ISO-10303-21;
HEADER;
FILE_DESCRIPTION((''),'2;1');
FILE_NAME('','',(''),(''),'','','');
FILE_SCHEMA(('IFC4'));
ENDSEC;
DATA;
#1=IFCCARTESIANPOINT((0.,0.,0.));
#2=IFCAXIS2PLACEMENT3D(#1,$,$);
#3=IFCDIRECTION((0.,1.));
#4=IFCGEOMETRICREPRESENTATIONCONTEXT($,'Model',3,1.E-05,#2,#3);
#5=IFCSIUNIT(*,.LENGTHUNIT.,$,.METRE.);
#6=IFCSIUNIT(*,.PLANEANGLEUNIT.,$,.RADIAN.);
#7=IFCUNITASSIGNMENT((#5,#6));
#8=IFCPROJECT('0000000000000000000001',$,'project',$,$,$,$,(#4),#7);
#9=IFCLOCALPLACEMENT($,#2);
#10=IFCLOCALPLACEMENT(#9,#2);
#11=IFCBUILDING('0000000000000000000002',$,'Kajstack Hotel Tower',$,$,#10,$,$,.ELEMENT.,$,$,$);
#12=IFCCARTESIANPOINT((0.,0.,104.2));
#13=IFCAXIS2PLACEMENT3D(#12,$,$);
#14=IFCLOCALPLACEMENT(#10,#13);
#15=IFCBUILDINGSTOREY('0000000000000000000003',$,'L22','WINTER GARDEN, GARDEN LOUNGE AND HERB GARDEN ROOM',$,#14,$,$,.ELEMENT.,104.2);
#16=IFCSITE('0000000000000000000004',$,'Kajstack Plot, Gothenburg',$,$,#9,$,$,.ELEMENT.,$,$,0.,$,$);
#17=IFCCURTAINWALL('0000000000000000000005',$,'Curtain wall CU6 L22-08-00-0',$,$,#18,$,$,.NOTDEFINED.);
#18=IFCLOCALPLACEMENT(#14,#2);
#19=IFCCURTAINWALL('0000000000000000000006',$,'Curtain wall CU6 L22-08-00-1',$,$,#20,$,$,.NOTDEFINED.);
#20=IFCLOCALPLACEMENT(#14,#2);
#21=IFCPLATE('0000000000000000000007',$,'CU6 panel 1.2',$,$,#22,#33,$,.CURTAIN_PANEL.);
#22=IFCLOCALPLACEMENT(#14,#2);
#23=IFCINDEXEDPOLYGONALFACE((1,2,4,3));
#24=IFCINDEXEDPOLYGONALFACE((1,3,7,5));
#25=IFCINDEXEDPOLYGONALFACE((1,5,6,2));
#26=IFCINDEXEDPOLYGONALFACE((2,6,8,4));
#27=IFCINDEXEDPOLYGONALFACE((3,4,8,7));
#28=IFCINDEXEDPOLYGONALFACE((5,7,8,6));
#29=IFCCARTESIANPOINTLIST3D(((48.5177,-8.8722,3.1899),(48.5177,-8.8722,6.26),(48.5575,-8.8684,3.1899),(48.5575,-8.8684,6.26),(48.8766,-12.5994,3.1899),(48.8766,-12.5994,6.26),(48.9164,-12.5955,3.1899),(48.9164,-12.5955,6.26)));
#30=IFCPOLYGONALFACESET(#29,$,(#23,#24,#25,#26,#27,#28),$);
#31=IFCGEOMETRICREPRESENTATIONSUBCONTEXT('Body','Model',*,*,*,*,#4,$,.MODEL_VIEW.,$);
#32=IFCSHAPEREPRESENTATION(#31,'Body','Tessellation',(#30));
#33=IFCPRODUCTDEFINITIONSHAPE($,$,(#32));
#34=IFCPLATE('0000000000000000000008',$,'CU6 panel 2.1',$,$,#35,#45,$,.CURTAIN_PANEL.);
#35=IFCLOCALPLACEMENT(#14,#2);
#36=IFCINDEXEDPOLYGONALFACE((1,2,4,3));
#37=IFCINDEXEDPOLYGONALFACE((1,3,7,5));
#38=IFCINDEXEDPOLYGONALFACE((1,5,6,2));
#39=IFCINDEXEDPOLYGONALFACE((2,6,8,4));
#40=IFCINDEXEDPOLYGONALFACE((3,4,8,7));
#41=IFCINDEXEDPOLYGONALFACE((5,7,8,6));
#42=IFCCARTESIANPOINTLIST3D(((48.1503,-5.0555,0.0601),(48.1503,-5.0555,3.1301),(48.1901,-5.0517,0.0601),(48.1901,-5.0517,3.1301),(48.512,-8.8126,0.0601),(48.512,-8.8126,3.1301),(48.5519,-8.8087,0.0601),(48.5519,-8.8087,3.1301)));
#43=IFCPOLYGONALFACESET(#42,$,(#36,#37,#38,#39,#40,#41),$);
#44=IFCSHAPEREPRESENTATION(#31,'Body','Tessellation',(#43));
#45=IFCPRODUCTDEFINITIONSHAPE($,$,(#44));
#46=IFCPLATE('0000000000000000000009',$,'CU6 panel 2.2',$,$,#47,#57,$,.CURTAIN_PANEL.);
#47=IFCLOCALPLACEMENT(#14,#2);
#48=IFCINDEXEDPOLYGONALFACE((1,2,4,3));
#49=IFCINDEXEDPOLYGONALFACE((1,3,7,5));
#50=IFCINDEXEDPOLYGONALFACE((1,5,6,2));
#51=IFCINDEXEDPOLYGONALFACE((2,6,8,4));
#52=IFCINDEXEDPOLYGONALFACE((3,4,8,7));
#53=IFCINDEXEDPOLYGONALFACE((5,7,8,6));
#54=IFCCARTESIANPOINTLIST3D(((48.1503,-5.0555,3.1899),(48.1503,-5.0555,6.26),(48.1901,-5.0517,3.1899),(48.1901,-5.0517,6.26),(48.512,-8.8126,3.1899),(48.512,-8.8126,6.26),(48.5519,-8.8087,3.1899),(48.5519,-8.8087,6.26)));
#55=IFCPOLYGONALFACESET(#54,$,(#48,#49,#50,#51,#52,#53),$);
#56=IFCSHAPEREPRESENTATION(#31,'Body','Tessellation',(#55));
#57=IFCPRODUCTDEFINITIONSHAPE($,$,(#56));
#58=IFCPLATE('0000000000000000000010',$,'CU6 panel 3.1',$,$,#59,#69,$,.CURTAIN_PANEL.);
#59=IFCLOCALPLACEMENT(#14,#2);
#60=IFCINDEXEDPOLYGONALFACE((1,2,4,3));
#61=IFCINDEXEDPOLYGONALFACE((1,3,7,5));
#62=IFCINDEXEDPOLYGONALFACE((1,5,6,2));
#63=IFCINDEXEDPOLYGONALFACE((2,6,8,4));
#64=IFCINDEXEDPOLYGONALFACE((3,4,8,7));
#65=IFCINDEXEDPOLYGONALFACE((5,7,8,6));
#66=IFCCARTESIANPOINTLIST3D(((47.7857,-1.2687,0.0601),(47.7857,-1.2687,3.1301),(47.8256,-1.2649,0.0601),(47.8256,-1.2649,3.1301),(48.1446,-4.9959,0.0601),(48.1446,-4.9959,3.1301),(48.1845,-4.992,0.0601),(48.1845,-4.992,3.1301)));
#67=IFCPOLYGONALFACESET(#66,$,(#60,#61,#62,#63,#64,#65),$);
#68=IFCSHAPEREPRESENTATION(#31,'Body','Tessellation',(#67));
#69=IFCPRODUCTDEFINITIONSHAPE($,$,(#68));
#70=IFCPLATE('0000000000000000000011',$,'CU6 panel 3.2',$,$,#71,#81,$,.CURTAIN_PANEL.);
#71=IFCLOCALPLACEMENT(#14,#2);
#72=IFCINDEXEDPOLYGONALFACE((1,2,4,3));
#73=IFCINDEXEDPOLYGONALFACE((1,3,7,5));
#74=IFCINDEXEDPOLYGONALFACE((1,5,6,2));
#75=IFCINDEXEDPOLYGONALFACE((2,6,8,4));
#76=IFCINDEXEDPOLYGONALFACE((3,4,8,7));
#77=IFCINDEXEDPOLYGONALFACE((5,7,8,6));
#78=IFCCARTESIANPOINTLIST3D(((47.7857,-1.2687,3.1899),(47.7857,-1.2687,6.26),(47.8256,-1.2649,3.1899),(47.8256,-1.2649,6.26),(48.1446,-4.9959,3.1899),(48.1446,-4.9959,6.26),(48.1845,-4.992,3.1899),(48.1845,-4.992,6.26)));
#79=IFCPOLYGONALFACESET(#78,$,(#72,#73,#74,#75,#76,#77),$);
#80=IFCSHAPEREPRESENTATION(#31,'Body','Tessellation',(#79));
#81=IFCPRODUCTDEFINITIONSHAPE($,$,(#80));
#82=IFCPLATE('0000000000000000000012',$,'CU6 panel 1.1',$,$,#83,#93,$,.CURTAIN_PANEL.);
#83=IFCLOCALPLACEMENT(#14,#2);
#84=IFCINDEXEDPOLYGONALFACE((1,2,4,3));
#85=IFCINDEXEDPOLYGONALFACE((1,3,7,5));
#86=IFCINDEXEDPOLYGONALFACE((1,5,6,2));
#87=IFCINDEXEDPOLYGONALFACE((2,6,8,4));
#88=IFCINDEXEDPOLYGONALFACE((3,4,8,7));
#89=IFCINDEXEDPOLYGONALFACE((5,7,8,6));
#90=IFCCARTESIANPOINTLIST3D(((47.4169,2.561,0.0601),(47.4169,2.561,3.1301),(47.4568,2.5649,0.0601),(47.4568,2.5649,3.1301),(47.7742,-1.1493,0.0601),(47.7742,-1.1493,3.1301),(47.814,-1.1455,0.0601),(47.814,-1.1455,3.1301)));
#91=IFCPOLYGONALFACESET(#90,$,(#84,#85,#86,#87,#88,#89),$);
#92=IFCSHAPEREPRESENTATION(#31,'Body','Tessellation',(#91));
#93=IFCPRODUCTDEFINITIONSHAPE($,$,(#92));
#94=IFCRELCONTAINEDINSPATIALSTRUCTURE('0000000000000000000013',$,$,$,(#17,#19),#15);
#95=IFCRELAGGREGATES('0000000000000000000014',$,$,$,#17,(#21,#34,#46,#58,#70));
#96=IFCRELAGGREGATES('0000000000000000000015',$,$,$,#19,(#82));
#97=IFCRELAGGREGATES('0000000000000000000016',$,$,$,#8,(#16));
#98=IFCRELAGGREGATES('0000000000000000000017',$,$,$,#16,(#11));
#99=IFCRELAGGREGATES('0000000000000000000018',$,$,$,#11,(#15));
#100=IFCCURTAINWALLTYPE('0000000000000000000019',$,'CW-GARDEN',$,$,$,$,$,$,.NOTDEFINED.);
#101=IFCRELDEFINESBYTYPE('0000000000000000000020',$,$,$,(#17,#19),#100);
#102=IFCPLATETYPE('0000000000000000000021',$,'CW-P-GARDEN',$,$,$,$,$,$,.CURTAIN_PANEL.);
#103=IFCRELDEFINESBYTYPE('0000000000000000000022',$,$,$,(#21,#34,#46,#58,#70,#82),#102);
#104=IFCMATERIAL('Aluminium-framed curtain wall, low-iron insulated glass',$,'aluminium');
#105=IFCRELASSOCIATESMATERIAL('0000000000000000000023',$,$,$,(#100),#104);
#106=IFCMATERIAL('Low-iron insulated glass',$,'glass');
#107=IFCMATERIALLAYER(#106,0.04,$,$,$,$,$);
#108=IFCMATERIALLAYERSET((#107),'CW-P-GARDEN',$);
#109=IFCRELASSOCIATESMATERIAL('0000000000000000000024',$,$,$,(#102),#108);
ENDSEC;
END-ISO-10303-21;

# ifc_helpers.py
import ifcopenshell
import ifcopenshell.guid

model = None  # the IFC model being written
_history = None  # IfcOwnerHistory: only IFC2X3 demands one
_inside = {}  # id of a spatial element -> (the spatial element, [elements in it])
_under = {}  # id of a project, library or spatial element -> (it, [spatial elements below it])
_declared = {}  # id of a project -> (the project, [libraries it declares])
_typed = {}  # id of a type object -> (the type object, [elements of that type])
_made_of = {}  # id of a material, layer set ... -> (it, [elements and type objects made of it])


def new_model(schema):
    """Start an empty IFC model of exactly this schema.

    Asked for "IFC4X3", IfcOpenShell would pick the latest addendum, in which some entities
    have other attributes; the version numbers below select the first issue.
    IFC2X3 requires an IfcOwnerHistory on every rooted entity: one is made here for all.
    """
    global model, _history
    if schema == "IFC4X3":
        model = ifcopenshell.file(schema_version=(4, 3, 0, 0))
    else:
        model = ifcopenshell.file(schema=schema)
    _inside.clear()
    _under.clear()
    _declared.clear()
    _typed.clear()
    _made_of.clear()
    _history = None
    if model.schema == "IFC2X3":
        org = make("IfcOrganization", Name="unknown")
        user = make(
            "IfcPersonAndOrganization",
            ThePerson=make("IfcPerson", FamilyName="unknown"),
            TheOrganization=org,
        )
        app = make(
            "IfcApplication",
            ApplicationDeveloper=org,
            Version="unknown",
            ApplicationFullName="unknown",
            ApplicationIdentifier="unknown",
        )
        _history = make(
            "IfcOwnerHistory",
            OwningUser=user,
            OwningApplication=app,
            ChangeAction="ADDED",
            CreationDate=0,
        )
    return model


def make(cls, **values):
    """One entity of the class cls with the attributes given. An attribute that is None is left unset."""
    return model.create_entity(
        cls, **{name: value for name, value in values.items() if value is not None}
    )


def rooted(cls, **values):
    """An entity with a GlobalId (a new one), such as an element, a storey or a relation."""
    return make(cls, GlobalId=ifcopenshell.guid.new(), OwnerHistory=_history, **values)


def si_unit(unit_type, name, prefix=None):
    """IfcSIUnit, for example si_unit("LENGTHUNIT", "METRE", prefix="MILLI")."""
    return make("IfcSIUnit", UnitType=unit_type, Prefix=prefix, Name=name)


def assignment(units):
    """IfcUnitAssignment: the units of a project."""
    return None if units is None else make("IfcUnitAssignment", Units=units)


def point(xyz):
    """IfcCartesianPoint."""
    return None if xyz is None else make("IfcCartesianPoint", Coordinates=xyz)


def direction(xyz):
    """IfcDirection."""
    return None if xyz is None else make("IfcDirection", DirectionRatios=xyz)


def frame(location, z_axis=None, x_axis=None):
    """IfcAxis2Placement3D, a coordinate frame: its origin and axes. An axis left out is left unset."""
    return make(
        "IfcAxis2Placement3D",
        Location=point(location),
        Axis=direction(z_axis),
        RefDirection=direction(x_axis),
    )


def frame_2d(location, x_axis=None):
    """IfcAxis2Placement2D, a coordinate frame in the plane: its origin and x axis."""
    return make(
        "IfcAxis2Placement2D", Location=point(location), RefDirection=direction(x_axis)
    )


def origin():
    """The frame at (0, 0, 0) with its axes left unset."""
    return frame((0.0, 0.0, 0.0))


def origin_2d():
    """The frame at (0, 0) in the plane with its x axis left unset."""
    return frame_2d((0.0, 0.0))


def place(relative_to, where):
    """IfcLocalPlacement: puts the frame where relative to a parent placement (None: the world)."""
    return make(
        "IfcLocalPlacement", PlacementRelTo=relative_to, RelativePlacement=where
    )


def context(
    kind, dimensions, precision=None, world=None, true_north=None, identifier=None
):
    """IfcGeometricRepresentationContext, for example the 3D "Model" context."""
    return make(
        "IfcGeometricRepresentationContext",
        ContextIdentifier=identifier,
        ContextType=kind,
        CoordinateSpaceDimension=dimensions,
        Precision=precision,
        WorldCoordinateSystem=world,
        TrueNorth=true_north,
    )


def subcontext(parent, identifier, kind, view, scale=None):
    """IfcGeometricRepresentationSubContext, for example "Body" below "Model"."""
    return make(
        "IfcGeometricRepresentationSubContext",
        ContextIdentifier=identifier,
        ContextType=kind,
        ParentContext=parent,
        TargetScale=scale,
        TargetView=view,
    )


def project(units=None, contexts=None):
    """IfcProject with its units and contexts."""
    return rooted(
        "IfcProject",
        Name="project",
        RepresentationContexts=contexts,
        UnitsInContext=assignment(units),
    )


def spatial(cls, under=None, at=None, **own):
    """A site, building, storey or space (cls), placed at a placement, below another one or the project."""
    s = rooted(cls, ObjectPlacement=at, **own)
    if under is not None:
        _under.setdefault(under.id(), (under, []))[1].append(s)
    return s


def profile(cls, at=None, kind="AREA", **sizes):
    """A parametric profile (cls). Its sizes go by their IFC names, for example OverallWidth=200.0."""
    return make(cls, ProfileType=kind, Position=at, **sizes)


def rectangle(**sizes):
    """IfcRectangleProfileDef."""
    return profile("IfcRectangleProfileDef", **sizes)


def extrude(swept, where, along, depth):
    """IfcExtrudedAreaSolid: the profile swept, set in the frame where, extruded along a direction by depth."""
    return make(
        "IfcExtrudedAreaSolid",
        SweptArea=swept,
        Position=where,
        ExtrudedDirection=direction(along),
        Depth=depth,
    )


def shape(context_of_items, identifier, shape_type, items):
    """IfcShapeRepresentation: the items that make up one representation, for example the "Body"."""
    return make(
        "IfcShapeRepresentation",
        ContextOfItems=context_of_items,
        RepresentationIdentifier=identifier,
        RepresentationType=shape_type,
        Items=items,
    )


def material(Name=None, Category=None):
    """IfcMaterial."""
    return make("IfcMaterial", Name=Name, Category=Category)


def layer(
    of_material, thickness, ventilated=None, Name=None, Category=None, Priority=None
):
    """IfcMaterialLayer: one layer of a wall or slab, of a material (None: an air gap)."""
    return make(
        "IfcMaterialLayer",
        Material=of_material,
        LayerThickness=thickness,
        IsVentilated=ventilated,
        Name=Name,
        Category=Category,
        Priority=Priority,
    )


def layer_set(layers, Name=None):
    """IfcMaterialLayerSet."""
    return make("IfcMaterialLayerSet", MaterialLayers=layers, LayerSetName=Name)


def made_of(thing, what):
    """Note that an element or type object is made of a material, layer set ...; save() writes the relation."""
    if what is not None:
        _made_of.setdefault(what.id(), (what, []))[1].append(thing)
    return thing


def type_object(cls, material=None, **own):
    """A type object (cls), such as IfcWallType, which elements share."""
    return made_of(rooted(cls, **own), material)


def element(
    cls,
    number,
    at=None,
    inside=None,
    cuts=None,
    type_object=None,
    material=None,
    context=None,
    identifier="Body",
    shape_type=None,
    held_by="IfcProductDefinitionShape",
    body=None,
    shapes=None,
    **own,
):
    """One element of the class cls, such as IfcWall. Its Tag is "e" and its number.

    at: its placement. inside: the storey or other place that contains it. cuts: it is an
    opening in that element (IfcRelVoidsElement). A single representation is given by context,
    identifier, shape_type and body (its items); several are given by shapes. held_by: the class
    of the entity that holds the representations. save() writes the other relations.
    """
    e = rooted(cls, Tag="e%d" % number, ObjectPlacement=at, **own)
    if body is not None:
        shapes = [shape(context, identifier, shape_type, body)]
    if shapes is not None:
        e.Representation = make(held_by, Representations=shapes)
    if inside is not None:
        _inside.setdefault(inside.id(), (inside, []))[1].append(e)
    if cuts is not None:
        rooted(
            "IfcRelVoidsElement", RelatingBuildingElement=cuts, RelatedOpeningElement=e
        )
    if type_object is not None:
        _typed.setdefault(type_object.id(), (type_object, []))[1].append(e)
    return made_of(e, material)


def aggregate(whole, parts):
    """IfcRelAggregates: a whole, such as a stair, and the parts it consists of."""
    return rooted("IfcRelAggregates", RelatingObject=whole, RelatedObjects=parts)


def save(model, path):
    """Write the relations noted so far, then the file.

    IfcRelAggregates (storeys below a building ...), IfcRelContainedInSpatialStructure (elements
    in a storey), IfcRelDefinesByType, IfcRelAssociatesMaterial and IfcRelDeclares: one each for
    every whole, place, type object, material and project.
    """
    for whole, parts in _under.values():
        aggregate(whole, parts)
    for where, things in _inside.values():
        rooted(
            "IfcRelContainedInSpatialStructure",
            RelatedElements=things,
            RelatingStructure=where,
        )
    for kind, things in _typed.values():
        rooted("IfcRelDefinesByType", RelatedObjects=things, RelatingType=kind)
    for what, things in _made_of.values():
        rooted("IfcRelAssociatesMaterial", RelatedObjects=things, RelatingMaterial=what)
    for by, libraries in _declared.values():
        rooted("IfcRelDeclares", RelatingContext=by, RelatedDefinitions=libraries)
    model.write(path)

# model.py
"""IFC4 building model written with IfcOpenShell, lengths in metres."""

from ifc_helpers import new_model, si_unit, direction, frame, origin, origin_2d, place, context, subcontext, project, spatial, rectangle, extrude, material, layer, layer_set, type_object, element, aggregate, save


model = new_model("IFC4")

# Units and contexts
model_context = context("Model", 3, precision=1e-05, world=origin(), true_north=direction((0.0, 1.0)))
body_context = subcontext(model_context, "Body", "Model", "MODEL_VIEW")
ifc_project = project(units=[si_unit("LENGTHUNIT", "METRE"), si_unit("PLANEANGLEUNIT", "RADIAN")], contexts=[model_context])

# Site, building, storey
site_placement = place(None, origin())
site = spatial("IfcSite", under=ifc_project, at=site_placement, Name="Kajstack Plot, Gothenburg", CompositionType="ELEMENT", RefElevation=0.0)
building_placement = place(site_placement, origin())
building = spatial("IfcBuilding", under=site, at=building_placement, Name="Kajstack Hotel Tower", CompositionType="ELEMENT")
storey_placement = place(building_placement, frame((0.0, 0.0, 104.2)))
storey = spatial("IfcBuildingStorey", under=building, at=storey_placement, Name="L22", Description="WINTER GARDEN, GARDEN LOUNGE AND HERB GARDEN ROOM", CompositionType="ELEMENT", Elevation=104.2)

# Shared definitions
ifc_material_1 = material(Name="Aluminium-framed curtain wall, low-iron insulated glass", Category="aluminium")
curtain_wall_type = type_object("IfcCurtainWallType", Name="CW-GARDEN", PredefinedType="NOTDEFINED", material=ifc_material_1)

# Curtain wall
curtain_wall_1_placement = place(storey_placement, origin())
curtain_wall_1 = element("IfcCurtainWall", 1, at=curtain_wall_1_placement, inside=storey, type_object=curtain_wall_type, Name="Curtain wall CU6 L22-08-00-0", PredefinedType="NOTDEFINED")

# Curtain wall
curtain_wall_2_placement = place(storey_placement, origin())
curtain_wall_2 = element("IfcCurtainWall", 2, at=curtain_wall_2_placement, inside=storey, type_object=curtain_wall_type, Name="Curtain wall CU6 L22-08-00-1", PredefinedType="NOTDEFINED")

# Plates
ifc_material_2 = material(Name="Low-iron insulated glass", Category="glass")
ifc_layer = layer(ifc_material_2, 0.04)
ifc_layer_set = layer_set([ifc_layer], Name="CW-P-GARDEN")
plate_type = type_object("IfcPlateType", Name="CW-P-GARDEN", PredefinedType="CURTAIN_PANEL", material=ifc_layer_set)
plate_1_placement = place(storey_placement, frame((48.717, -10.7339, 3.1899), z_axis=(0.0, 0.0, 1.0), x_axis=(-0.095846, 0.995396, 0.0)))
plate_1 = element("IfcPlate", 3, at=plate_1_placement, type_object=plate_type, Name="CU6 panel 1.2", PredefinedType="CURTAIN_PANEL", context=body_context, shape_type="SweptSolid", body=[
    extrude(rectangle(XDim=3.7444, YDim=0.04, at=origin_2d()), origin(), (0.0, 0.0, 1.0), 3.0701),
])
plate_2_placement = place(storey_placement, frame((48.3511, -6.9321, 0.0601), z_axis=(0.0, 0.0, 1.0), x_axis=(-0.095846, 0.995396, 0.0)))
plate_2 = element("IfcPlate", 4, at=plate_2_placement, type_object=plate_type, Name="CU6 panel 2.1", PredefinedType="CURTAIN_PANEL", context=body_context, shape_type="SweptSolid", body=[
    extrude(rectangle(XDim=3.7744, YDim=0.04, at=origin_2d()), origin(), (0.0, 0.0, 1.0), 3.0701),
])
plate_3_placement = place(storey_placement, frame((48.3511, -6.9321, 3.1899), z_axis=(0.0, 0.0, 1.0), x_axis=(-0.095846, 0.995396, 0.0)))
plate_3 = element("IfcPlate", 5, at=plate_3_placement, type_object=plate_type, Name="CU6 panel 2.2", PredefinedType="CURTAIN_PANEL", context=body_context, shape_type="SweptSolid", body=[
    extrude(rectangle(XDim=3.7744, YDim=0.04, at=origin_2d()), origin(), (0.0, 0.0, 1.0), 3.0701),
])
plate_4_placement = place(storey_placement, frame((47.9851, -3.1304, 0.0601), z_axis=(0.0, 0.0, 1.0), x_axis=(-0.095846, 0.995396, 0.0)))
plate_4 = element("IfcPlate", 6, at=plate_4_placement, type_object=plate_type, Name="CU6 panel 3.1", PredefinedType="CURTAIN_PANEL", context=body_context, shape_type="SweptSolid", body=[
    extrude(rectangle(XDim=3.7444, YDim=0.04, at=origin_2d()), origin(), (0.0, 0.0, 1.0), 3.0701),
])
plate_5_placement = place(storey_placement, frame((47.9851, -3.1304, 3.1899), z_axis=(0.0, 0.0, 1.0), x_axis=(-0.095846, 0.995396, 0.0)))
plate_5 = element("IfcPlate", 7, at=plate_5_placement, type_object=plate_type, Name="CU6 panel 3.2", PredefinedType="CURTAIN_PANEL", context=body_context, shape_type="SweptSolid", body=[
    extrude(rectangle(XDim=3.7444, YDim=0.04, at=origin_2d()), origin(), (0.0, 0.0, 1.0), 3.0701),
])
aggregate(curtain_wall_1, [plate_1, plate_2, plate_3, plate_4, plate_5])
plate_6_placement = place(storey_placement, frame((47.6155, 0.7078, 0.0601), z_axis=(0.0, 0.0, 1.0), x_axis=(-0.095846, 0.995396, 0.0)))
plate_6 = element("IfcPlate", 8, at=plate_6_placement, type_object=plate_type, Name="CU6 panel 1.1", PredefinedType="CURTAIN_PANEL", context=body_context, shape_type="SweptSolid", body=[
    extrude(rectangle(XDim=3.7275, YDim=0.04, at=origin_2d()), origin(), (0.0, 0.0, 1.0), 3.0701),
])
aggregate(curtain_wall_2, [plate_6])

save(model, "model.ifc")
